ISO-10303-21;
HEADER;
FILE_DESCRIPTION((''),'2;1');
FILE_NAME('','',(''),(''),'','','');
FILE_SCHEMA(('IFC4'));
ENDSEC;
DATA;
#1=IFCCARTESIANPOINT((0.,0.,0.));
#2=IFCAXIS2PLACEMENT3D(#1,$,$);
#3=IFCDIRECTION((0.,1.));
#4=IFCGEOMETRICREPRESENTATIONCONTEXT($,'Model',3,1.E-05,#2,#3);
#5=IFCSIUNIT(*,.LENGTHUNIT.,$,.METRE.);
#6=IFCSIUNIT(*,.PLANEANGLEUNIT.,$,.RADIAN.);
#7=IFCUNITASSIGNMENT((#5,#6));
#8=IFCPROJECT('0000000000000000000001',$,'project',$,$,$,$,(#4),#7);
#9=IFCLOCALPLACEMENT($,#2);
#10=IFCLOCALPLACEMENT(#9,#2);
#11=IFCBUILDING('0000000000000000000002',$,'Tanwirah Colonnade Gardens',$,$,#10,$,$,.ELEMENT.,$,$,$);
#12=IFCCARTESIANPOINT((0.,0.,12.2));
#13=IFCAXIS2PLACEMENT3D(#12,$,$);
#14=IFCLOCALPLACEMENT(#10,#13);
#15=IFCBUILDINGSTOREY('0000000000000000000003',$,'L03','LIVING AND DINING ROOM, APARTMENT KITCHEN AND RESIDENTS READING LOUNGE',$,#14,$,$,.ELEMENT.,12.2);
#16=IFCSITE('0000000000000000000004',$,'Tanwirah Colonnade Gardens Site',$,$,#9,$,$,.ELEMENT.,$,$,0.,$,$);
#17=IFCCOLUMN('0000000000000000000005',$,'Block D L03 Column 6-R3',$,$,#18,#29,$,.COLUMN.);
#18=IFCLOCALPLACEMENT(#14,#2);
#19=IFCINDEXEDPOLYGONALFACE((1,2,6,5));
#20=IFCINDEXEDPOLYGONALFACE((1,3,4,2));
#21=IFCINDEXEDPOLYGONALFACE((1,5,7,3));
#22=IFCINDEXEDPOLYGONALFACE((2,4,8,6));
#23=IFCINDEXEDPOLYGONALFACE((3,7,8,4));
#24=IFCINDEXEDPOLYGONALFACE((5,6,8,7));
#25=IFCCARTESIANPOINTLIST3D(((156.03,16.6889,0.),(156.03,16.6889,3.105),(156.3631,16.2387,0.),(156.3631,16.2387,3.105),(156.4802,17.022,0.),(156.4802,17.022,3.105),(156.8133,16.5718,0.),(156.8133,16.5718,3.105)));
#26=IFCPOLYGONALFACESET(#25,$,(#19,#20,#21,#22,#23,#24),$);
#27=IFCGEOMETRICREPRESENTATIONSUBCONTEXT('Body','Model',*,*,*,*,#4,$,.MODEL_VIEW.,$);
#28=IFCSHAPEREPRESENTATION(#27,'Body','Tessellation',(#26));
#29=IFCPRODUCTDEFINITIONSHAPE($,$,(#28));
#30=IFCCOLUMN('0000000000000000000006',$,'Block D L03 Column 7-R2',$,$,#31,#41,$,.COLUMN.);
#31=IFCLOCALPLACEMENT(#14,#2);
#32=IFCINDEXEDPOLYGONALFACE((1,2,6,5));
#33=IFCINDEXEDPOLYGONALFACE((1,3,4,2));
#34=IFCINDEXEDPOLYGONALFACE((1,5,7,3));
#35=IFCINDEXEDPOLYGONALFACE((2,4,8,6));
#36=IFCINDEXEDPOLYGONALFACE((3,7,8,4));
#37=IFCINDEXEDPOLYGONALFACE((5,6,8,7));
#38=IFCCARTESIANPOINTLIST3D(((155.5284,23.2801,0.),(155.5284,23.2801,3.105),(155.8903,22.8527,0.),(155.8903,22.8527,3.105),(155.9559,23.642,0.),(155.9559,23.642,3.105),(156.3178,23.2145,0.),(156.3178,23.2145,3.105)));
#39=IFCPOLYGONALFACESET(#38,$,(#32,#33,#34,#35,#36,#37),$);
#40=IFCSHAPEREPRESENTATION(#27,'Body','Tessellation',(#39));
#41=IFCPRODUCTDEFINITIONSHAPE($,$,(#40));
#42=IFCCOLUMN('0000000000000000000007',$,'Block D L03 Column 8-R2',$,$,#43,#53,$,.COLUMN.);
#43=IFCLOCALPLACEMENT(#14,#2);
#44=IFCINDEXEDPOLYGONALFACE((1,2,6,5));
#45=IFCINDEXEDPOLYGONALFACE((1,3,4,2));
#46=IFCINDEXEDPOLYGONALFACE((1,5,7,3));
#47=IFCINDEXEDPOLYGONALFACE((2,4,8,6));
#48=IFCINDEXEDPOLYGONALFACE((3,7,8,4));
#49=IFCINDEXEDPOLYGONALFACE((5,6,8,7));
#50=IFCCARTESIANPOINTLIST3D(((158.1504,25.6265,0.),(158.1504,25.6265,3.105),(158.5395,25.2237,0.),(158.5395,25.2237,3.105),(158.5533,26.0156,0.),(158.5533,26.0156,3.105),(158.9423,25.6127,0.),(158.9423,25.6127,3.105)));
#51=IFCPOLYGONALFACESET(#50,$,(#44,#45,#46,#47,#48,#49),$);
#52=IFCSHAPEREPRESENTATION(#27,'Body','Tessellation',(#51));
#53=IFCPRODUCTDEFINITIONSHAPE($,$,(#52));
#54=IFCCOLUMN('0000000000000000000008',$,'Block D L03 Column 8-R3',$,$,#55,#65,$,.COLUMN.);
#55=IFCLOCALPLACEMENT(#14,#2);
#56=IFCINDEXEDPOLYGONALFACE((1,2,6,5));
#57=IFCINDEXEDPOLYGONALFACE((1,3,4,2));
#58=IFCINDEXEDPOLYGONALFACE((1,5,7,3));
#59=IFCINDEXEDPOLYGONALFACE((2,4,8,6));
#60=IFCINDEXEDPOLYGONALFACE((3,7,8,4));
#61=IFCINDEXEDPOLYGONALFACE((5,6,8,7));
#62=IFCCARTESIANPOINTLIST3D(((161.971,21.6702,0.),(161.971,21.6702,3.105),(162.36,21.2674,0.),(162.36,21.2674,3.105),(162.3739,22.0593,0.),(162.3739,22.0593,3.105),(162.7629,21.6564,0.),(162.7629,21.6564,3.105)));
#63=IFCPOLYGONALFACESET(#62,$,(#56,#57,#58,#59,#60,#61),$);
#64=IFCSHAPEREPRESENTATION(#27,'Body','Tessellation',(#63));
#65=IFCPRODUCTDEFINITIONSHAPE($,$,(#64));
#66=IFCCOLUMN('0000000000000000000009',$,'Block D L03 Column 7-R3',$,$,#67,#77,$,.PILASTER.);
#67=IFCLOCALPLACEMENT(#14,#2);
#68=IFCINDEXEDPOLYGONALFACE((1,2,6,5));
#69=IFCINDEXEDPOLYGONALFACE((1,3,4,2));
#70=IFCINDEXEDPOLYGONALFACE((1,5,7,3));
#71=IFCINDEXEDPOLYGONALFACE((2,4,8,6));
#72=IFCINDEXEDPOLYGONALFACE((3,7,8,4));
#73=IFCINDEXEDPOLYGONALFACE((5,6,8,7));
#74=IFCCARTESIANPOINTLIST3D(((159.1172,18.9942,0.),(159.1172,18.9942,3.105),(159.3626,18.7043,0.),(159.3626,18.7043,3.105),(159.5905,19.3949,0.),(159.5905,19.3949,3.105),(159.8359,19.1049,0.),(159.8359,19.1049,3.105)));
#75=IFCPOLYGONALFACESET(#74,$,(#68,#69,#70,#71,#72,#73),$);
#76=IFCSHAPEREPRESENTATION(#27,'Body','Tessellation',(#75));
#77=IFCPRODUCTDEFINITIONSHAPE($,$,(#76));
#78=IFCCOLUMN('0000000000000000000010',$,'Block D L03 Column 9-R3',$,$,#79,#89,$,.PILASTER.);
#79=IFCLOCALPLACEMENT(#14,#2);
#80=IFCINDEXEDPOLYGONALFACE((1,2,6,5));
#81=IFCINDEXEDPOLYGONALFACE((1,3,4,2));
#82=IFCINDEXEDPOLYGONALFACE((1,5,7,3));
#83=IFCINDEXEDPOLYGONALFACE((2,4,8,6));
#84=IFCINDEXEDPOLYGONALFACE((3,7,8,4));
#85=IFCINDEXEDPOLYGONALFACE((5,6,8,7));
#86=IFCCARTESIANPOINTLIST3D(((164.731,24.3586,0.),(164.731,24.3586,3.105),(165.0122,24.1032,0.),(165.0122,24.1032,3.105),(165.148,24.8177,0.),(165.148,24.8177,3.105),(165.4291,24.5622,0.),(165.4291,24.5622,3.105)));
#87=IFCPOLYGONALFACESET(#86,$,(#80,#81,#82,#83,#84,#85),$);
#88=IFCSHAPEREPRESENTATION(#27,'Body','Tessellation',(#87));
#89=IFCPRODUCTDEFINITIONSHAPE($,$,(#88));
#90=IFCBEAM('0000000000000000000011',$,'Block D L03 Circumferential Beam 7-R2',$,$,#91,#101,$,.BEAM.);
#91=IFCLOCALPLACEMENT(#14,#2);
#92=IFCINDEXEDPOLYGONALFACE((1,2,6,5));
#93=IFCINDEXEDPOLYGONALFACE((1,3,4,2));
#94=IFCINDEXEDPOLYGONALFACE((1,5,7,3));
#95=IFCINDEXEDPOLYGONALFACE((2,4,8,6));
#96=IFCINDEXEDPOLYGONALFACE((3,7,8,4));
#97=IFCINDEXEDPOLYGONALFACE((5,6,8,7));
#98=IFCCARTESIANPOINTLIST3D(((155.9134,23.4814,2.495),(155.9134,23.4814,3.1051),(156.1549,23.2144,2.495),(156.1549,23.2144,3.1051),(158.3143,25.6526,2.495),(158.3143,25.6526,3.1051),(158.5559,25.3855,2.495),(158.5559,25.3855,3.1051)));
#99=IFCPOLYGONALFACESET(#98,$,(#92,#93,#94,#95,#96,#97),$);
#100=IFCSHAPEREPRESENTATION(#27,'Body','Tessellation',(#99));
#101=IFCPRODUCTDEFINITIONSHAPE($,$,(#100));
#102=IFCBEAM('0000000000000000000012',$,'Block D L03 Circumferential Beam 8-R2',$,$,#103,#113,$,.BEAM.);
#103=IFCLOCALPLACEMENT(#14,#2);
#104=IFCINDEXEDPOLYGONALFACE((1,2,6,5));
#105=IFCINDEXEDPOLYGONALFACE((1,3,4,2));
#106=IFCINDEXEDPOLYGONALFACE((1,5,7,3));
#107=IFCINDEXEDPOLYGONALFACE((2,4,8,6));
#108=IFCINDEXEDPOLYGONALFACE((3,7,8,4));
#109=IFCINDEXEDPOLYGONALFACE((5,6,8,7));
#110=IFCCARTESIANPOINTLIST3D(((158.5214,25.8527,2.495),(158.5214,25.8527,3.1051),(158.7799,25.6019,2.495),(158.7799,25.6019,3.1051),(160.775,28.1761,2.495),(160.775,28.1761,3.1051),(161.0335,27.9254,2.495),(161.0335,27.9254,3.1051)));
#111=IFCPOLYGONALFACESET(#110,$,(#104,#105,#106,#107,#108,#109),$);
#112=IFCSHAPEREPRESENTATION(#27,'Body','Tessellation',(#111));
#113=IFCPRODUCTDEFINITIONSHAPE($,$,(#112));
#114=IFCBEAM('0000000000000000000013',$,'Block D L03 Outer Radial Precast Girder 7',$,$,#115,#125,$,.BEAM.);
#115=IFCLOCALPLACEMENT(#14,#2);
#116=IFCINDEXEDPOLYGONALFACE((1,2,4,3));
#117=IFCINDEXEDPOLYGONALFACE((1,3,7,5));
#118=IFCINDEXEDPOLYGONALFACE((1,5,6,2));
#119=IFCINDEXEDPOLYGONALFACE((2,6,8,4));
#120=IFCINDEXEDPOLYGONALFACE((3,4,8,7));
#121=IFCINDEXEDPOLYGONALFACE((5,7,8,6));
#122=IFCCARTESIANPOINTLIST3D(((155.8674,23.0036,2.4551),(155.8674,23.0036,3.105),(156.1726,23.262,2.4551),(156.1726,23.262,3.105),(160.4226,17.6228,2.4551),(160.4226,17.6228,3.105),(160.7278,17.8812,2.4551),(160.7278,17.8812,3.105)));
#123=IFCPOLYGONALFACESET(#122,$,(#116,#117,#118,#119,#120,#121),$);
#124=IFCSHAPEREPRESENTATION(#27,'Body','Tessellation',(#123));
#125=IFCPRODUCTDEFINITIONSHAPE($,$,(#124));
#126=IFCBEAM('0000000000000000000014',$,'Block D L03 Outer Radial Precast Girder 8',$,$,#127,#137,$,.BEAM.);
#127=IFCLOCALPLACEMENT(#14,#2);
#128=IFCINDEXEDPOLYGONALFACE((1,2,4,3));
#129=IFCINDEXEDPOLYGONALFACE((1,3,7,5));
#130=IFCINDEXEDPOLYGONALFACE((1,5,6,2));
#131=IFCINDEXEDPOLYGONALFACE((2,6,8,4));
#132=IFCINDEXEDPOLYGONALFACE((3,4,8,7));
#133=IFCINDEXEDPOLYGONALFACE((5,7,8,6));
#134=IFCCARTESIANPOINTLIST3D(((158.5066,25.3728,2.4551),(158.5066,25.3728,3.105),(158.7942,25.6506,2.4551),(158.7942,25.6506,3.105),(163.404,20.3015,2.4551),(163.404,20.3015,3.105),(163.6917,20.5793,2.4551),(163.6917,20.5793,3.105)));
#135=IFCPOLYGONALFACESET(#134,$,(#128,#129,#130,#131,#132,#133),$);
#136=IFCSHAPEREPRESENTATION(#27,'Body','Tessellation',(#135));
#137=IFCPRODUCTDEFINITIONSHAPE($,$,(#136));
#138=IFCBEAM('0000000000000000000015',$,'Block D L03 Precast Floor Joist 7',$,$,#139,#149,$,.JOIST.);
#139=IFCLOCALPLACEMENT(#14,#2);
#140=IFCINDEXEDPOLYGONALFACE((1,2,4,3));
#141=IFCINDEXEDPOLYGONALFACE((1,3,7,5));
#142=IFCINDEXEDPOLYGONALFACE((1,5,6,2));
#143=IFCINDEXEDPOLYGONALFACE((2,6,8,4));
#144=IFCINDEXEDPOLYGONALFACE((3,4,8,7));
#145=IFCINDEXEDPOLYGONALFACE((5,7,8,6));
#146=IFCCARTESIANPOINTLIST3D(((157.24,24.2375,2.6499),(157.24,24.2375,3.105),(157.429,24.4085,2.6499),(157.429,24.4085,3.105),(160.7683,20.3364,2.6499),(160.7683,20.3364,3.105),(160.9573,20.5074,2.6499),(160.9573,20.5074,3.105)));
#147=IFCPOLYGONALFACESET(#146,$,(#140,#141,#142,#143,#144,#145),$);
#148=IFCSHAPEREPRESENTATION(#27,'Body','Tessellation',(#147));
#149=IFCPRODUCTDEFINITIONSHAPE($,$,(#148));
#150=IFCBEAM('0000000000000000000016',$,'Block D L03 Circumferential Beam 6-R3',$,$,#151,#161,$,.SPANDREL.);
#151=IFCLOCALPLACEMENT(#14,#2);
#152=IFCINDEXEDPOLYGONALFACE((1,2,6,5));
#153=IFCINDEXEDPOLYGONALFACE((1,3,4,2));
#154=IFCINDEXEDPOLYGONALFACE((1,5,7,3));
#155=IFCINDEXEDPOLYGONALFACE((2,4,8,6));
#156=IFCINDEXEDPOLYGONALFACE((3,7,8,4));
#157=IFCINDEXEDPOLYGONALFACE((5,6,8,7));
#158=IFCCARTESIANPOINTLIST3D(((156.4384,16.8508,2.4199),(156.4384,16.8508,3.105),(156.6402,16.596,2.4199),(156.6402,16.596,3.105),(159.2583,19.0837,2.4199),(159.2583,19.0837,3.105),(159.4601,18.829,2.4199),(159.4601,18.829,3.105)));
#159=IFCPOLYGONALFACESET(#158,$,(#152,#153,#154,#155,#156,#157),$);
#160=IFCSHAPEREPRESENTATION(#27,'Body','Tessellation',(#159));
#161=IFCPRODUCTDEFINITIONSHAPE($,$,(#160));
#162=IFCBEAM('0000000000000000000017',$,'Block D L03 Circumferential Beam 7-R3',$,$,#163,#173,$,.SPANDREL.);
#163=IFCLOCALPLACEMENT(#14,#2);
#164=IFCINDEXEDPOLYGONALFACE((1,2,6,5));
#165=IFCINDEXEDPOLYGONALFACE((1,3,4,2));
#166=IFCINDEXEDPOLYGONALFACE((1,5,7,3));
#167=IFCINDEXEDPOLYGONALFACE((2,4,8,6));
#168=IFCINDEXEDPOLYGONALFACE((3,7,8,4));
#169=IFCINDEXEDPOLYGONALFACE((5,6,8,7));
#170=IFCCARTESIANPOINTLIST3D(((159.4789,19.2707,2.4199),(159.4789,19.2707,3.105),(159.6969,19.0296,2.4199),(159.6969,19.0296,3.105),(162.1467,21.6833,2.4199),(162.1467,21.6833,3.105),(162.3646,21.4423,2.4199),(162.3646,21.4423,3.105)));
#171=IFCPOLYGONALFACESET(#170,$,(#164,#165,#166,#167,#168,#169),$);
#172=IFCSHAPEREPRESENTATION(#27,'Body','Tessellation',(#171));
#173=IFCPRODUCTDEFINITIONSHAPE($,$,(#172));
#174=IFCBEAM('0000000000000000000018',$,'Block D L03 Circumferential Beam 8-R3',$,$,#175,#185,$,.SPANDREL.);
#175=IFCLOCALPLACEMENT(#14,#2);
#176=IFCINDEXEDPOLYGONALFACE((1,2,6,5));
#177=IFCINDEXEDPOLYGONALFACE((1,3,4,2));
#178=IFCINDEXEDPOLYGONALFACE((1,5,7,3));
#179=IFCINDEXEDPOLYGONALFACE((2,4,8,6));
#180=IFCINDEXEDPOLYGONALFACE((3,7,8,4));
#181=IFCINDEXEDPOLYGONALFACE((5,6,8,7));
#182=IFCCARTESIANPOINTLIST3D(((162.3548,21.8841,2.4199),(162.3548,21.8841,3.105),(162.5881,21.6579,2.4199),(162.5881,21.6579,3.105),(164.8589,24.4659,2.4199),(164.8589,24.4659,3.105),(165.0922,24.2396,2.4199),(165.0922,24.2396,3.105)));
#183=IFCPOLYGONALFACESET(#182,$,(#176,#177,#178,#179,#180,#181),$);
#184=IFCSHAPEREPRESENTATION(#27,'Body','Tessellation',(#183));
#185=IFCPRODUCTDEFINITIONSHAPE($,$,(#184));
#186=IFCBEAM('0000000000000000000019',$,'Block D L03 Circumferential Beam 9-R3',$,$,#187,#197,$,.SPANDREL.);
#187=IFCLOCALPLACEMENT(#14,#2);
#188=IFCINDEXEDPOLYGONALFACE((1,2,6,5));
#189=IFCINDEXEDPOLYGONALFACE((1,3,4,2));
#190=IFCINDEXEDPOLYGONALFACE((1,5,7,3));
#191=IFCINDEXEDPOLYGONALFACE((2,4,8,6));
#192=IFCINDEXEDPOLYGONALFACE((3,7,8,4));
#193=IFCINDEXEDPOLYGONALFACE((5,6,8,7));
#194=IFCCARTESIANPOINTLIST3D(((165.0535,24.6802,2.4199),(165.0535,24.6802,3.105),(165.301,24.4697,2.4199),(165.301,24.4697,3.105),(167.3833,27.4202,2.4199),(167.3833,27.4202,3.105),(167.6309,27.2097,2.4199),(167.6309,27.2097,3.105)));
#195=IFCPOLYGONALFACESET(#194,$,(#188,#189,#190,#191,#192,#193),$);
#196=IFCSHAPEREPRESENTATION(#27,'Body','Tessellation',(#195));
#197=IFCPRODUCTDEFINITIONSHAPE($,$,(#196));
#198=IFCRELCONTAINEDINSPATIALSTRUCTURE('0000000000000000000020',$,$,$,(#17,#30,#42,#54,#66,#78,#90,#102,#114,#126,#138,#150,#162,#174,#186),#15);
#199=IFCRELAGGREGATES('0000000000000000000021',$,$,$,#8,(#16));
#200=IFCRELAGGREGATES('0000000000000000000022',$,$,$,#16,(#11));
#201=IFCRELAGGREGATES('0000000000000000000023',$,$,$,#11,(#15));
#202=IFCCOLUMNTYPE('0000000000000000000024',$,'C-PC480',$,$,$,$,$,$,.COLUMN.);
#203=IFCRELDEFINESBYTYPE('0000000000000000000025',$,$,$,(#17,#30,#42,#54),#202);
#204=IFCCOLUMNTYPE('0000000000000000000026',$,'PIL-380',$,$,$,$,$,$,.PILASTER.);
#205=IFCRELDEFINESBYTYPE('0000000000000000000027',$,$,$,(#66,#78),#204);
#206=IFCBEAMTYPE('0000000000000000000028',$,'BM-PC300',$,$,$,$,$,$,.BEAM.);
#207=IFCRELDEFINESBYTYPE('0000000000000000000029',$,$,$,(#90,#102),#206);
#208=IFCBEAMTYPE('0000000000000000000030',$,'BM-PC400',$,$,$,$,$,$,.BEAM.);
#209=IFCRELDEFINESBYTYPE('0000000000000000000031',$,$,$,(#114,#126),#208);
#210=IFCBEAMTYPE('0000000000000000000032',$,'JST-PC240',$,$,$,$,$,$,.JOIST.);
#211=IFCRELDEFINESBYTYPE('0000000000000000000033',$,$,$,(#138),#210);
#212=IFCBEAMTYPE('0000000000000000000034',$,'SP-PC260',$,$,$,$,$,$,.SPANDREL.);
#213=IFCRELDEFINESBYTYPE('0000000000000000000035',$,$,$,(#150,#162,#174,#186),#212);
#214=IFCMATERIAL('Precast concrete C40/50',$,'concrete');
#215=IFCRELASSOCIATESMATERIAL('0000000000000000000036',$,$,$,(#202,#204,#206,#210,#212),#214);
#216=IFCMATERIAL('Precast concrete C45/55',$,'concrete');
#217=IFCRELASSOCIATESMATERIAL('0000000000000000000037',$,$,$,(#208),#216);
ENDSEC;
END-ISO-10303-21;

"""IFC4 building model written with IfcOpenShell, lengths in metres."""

from ifc_helpers import new_model, si_unit, direction, frame, origin, origin_2d, place, context, subcontext, project, spatial, rectangle, extrude, material, material_profile, profile_set, type_object, element, save


model = new_model("IFC4")

# Units and contexts
model_context = context("Model", 3, precision=1e-05, world=origin(), true_north=direction((0.0, 1.0)))
body_context = subcontext(model_context, "Body", "Model", "MODEL_VIEW")
ifc_project = project(units=[si_unit("LENGTHUNIT", "METRE"), si_unit("PLANEANGLEUNIT", "RADIAN")], contexts=[model_context])

# Site, building, storey
site_placement = place(None, origin())
site = spatial("IfcSite", under=ifc_project, at=site_placement, Name="Tanwirah Colonnade Gardens Site", CompositionType="ELEMENT", RefElevation=0.0)
building_placement = place(site_placement, origin())
building = spatial("IfcBuilding", under=site, at=building_placement, Name="Tanwirah Colonnade Gardens", CompositionType="ELEMENT")
storey_placement = place(building_placement, frame((0.0, 0.0, 12.2)))
storey = spatial("IfcBuildingStorey", under=building, at=storey_placement, Name="L03", Description="LIVING AND DINING ROOM, APARTMENT KITCHEN AND RESIDENTS READING LOUNGE", CompositionType="ELEMENT", Elevation=12.2)

# Columns
ifc_material_1 = material(Name="Precast concrete C40/50", Category="concrete")
ifc_material_profile_1 = material_profile(ifc_material_1, rectangle(XDim=0.5601, YDim=0.5601, at=origin_2d()), Name="PC-COL 560x560")
ifc_profile_set_1 = profile_set([ifc_material_profile_1], Name="Precast concrete C40/50")
column_type_1 = type_object("IfcColumnType", Name="C-PC480", PredefinedType="COLUMN", material=ifc_profile_set_1)
for number, where, z_axis, x_axis, name in (
    (1, (156.4216, 16.6304, 0.0), (0.0, 0.0, 1.0), (0.594823, -0.803857, 0.0), "Block D L03 Column 6-R3"),
    (2, (155.9231, 23.2473, 0.0), (0.0, 0.0, 1.0), (0.646124, -0.763232, 0.0), "Block D L03 Column 7-R2"),
    (3, (158.5464, 25.6196, 0.0), (0.0, 0.0, 1.0), (0.694658, -0.71934, 0.0), "Block D L03 Column 8-R2"),
    (4, (162.3669, 21.6633, 0.0), (0.0, 0.0, 1.0), (0.694658, -0.71934, 0.0), "Block D L03 Column 8-R3"),
):
    element("IfcColumn", number, at=place(storey_placement, frame(where, z_axis=z_axis, x_axis=x_axis)), inside=storey, type_object=column_type_1, Name=name, PredefinedType="COLUMN", context=body_context, shape_type="SweptSolid", body=[
        extrude(rectangle(XDim=0.5601, YDim=0.5601, at=origin_2d()), origin(), (0.0, 0.0, 1.0), 3.105),
    ])
ifc_material_profile_2 = material_profile(ifc_material_1, rectangle(XDim=0.3799, YDim=0.6201, at=origin_2d()), Name="PC-PIL 380x620")
ifc_profile_set_2 = profile_set([ifc_material_profile_2], Name="Precast concrete C40/50")
column_type_2 = type_object("IfcColumnType", Name="PIL-380", PredefinedType="PILASTER", material=ifc_profile_set_2)
for number, where, z_axis, x_axis, name in (
    (5, (159.4766, 19.0496, 0.0), (0.0, 0.0, 1.0), (0.646124, -0.763232, 0.0), "Block D L03 Column 7-R3"),
    (6, (165.0801, 24.4604, 0.0), (0.0, 0.0, 1.0), (0.740218, -0.672367, 0.0), "Block D L03 Column 9-R3"),
):
    element("IfcColumn", number, at=place(storey_placement, frame(where, z_axis=z_axis, x_axis=x_axis)), inside=storey, type_object=column_type_2, Name=name, PredefinedType="PILASTER", context=body_context, shape_type="SweptSolid", body=[
        extrude(rectangle(XDim=0.3799, YDim=0.6201, at=origin_2d()), origin(), (0.0, 0.0, 1.0), 3.105),
    ])

# Beams
ifc_material_profile_3 = material_profile(ifc_material_1, rectangle(XDim=0.3601, YDim=0.6101, at=origin_2d()), Name="PC-BM 360x610")
ifc_profile_set_3 = profile_set([ifc_material_profile_3], Name="Precast concrete C40/50")
beam_type_1 = type_object("IfcBeamType", Name="BM-PC300", PredefinedType="BEAM", material=ifc_profile_set_3)
beam_1_placement = place(storey_placement, frame((156.0342, 23.3479, 2.8), z_axis=(0.741702, 0.67073, 0.0), x_axis=(-0.67073, 0.741702, 0.0)))
element("IfcBeam", 7, at=beam_1_placement, inside=storey, type_object=beam_type_1, Name="Block D L03 Circumferential Beam 7-R2", PredefinedType="BEAM", context=body_context, shape_type="SweptSolid", body=[
    extrude(rectangle(XDim=0.3601, YDim=0.6101, at=origin_2d()), origin(), (0.0, 0.0, 1.0), 3.2371),
])
beam_2_placement = place(storey_placement, frame((158.6506, 25.7273, 2.8), z_axis=(0.696239, 0.71781, 0.0), x_axis=(-0.71781, 0.696239, 0.0)))
element("IfcBeam", 8, at=beam_2_placement, inside=storey, type_object=beam_type_1, Name="Block D L03 Circumferential Beam 8-R2", PredefinedType="BEAM", context=body_context, shape_type="SweptSolid", body=[
    extrude(rectangle(XDim=0.3601, YDim=0.6101, at=origin_2d()), origin(), (0.0, 0.0, 1.0), 3.2368),
])
ifc_material_2 = material(Name="Precast concrete C45/55", Category="concrete")
ifc_material_profile_4 = material_profile(ifc_material_2, rectangle(XDim=0.3999, YDim=0.6499, at=origin_2d()), Name="PC-BM 400x650")
ifc_profile_set_4 = profile_set([ifc_material_profile_4], Name="Precast concrete C45/55")
beam_type_2 = type_object("IfcBeamType", Name="BM-PC400", PredefinedType="BEAM", material=ifc_profile_set_4)
for number, where, z_axis, x_axis, name in (
    (9, (156.02, 23.1328, 2.78), (0.646119, -0.763237, 0.0), (0.763237, 0.646119, 0.0), "Block D L03 Outer Radial Precast Girder 7"),
    (10, (158.6504, 25.5117, 2.78), (0.694671, -0.719327, 0.0), (0.719327, 0.694671, 0.0), "Block D L03 Outer Radial Precast Girder 8"),
):
    element("IfcBeam", number, at=place(storey_placement, frame(where, z_axis=z_axis, x_axis=x_axis)), inside=storey, type_object=beam_type_2, Name=name, PredefinedType="BEAM", context=body_context, shape_type="SweptSolid", body=[
        extrude(rectangle(XDim=0.3999, YDim=0.6499, at=origin_2d()), origin(), (0.0, 0.0, 1.0), 7.05),
    ])
ifc_material_profile_5 = material_profile(ifc_material_1, rectangle(XDim=0.2549, YDim=0.4551, at=origin_2d()), Name="PC-JST 255x455")
ifc_profile_set_5 = profile_set([ifc_material_profile_5], Name="Precast concrete C40/50")
beam_type_3 = type_object("IfcBeamType", Name="JST-PC240", PredefinedType="JOIST", material=ifc_profile_set_5)
beam_3_placement = place(storey_placement, frame((157.3345, 24.323, 2.8774), z_axis=(0.670781, -0.741656, 0.0), x_axis=(0.741656, 0.670781, 0.0)))
element("IfcBeam", 11, at=beam_3_placement, inside=storey, type_object=beam_type_3, Name="Block D L03 Precast Floor Joist 7", PredefinedType="JOIST", context=body_context, shape_type="SweptSolid", body=[
    extrude(rectangle(XDim=0.2549, YDim=0.4551, at=origin_2d()), origin(), (0.0, 0.0, 1.0), 5.26),
])
ifc_material_profile_6 = material_profile(ifc_material_1, rectangle(XDim=0.325, YDim=0.6851, at=origin_2d()), Name="PC-SP 325x685")
ifc_profile_set_6 = profile_set([ifc_material_profile_6], Name="Precast concrete C40/50")
beam_type_4 = type_object("IfcBeamType", Name="SP-PC260", PredefinedType="SPANDREL", material=ifc_profile_set_6)
for number, where, z_axis, x_axis, name in (
    (12, (156.5393, 16.7234, 2.7625), (0.783971, 0.620797, 0.0), (-0.620797, 0.783971, 0.0), "Block D L03 Circumferential Beam 6-R3"),
    (13, (159.5879, 19.1501, 2.7625), (0.741682, 0.670752, 0.0), (-0.670752, 0.741682, 0.0), "Block D L03 Circumferential Beam 7-R3"),
):
    element("IfcBeam", number, at=place(storey_placement, frame(where, z_axis=z_axis, x_axis=x_axis)), inside=storey, type_object=beam_type_4, Name=name, PredefinedType="SPANDREL", context=body_context, shape_type="SweptSolid", body=[
        extrude(rectangle(XDim=0.325, YDim=0.6851, at=origin_2d()), origin(), (0.0, 0.0, 1.0), 3.5969),
    ])
for number, where, z_axis, x_axis, name in (
    (14, (162.4714, 21.771, 2.7625), (0.696232, 0.717817, 0.0), (-0.717817, 0.696232, 0.0), "Block D L03 Circumferential Beam 8-R3"),
    (15, (165.1772, 24.575, 2.7625), (0.647784, 0.761824, 0.0), (-0.761824, 0.647784, 0.0), "Block D L03 Circumferential Beam 9-R3"),
):
    element("IfcBeam", number, at=place(storey_placement, frame(where, z_axis=z_axis, x_axis=x_axis)), inside=storey, type_object=beam_type_4, Name=name, PredefinedType="SPANDREL", context=body_context, shape_type="SweptSolid", body=[
        extrude(rectangle(XDim=0.325, YDim=0.6851, at=origin_2d()), origin(), (0.0, 0.0, 1.0), 3.5967),
    ])

save(model, "model.ifc")
